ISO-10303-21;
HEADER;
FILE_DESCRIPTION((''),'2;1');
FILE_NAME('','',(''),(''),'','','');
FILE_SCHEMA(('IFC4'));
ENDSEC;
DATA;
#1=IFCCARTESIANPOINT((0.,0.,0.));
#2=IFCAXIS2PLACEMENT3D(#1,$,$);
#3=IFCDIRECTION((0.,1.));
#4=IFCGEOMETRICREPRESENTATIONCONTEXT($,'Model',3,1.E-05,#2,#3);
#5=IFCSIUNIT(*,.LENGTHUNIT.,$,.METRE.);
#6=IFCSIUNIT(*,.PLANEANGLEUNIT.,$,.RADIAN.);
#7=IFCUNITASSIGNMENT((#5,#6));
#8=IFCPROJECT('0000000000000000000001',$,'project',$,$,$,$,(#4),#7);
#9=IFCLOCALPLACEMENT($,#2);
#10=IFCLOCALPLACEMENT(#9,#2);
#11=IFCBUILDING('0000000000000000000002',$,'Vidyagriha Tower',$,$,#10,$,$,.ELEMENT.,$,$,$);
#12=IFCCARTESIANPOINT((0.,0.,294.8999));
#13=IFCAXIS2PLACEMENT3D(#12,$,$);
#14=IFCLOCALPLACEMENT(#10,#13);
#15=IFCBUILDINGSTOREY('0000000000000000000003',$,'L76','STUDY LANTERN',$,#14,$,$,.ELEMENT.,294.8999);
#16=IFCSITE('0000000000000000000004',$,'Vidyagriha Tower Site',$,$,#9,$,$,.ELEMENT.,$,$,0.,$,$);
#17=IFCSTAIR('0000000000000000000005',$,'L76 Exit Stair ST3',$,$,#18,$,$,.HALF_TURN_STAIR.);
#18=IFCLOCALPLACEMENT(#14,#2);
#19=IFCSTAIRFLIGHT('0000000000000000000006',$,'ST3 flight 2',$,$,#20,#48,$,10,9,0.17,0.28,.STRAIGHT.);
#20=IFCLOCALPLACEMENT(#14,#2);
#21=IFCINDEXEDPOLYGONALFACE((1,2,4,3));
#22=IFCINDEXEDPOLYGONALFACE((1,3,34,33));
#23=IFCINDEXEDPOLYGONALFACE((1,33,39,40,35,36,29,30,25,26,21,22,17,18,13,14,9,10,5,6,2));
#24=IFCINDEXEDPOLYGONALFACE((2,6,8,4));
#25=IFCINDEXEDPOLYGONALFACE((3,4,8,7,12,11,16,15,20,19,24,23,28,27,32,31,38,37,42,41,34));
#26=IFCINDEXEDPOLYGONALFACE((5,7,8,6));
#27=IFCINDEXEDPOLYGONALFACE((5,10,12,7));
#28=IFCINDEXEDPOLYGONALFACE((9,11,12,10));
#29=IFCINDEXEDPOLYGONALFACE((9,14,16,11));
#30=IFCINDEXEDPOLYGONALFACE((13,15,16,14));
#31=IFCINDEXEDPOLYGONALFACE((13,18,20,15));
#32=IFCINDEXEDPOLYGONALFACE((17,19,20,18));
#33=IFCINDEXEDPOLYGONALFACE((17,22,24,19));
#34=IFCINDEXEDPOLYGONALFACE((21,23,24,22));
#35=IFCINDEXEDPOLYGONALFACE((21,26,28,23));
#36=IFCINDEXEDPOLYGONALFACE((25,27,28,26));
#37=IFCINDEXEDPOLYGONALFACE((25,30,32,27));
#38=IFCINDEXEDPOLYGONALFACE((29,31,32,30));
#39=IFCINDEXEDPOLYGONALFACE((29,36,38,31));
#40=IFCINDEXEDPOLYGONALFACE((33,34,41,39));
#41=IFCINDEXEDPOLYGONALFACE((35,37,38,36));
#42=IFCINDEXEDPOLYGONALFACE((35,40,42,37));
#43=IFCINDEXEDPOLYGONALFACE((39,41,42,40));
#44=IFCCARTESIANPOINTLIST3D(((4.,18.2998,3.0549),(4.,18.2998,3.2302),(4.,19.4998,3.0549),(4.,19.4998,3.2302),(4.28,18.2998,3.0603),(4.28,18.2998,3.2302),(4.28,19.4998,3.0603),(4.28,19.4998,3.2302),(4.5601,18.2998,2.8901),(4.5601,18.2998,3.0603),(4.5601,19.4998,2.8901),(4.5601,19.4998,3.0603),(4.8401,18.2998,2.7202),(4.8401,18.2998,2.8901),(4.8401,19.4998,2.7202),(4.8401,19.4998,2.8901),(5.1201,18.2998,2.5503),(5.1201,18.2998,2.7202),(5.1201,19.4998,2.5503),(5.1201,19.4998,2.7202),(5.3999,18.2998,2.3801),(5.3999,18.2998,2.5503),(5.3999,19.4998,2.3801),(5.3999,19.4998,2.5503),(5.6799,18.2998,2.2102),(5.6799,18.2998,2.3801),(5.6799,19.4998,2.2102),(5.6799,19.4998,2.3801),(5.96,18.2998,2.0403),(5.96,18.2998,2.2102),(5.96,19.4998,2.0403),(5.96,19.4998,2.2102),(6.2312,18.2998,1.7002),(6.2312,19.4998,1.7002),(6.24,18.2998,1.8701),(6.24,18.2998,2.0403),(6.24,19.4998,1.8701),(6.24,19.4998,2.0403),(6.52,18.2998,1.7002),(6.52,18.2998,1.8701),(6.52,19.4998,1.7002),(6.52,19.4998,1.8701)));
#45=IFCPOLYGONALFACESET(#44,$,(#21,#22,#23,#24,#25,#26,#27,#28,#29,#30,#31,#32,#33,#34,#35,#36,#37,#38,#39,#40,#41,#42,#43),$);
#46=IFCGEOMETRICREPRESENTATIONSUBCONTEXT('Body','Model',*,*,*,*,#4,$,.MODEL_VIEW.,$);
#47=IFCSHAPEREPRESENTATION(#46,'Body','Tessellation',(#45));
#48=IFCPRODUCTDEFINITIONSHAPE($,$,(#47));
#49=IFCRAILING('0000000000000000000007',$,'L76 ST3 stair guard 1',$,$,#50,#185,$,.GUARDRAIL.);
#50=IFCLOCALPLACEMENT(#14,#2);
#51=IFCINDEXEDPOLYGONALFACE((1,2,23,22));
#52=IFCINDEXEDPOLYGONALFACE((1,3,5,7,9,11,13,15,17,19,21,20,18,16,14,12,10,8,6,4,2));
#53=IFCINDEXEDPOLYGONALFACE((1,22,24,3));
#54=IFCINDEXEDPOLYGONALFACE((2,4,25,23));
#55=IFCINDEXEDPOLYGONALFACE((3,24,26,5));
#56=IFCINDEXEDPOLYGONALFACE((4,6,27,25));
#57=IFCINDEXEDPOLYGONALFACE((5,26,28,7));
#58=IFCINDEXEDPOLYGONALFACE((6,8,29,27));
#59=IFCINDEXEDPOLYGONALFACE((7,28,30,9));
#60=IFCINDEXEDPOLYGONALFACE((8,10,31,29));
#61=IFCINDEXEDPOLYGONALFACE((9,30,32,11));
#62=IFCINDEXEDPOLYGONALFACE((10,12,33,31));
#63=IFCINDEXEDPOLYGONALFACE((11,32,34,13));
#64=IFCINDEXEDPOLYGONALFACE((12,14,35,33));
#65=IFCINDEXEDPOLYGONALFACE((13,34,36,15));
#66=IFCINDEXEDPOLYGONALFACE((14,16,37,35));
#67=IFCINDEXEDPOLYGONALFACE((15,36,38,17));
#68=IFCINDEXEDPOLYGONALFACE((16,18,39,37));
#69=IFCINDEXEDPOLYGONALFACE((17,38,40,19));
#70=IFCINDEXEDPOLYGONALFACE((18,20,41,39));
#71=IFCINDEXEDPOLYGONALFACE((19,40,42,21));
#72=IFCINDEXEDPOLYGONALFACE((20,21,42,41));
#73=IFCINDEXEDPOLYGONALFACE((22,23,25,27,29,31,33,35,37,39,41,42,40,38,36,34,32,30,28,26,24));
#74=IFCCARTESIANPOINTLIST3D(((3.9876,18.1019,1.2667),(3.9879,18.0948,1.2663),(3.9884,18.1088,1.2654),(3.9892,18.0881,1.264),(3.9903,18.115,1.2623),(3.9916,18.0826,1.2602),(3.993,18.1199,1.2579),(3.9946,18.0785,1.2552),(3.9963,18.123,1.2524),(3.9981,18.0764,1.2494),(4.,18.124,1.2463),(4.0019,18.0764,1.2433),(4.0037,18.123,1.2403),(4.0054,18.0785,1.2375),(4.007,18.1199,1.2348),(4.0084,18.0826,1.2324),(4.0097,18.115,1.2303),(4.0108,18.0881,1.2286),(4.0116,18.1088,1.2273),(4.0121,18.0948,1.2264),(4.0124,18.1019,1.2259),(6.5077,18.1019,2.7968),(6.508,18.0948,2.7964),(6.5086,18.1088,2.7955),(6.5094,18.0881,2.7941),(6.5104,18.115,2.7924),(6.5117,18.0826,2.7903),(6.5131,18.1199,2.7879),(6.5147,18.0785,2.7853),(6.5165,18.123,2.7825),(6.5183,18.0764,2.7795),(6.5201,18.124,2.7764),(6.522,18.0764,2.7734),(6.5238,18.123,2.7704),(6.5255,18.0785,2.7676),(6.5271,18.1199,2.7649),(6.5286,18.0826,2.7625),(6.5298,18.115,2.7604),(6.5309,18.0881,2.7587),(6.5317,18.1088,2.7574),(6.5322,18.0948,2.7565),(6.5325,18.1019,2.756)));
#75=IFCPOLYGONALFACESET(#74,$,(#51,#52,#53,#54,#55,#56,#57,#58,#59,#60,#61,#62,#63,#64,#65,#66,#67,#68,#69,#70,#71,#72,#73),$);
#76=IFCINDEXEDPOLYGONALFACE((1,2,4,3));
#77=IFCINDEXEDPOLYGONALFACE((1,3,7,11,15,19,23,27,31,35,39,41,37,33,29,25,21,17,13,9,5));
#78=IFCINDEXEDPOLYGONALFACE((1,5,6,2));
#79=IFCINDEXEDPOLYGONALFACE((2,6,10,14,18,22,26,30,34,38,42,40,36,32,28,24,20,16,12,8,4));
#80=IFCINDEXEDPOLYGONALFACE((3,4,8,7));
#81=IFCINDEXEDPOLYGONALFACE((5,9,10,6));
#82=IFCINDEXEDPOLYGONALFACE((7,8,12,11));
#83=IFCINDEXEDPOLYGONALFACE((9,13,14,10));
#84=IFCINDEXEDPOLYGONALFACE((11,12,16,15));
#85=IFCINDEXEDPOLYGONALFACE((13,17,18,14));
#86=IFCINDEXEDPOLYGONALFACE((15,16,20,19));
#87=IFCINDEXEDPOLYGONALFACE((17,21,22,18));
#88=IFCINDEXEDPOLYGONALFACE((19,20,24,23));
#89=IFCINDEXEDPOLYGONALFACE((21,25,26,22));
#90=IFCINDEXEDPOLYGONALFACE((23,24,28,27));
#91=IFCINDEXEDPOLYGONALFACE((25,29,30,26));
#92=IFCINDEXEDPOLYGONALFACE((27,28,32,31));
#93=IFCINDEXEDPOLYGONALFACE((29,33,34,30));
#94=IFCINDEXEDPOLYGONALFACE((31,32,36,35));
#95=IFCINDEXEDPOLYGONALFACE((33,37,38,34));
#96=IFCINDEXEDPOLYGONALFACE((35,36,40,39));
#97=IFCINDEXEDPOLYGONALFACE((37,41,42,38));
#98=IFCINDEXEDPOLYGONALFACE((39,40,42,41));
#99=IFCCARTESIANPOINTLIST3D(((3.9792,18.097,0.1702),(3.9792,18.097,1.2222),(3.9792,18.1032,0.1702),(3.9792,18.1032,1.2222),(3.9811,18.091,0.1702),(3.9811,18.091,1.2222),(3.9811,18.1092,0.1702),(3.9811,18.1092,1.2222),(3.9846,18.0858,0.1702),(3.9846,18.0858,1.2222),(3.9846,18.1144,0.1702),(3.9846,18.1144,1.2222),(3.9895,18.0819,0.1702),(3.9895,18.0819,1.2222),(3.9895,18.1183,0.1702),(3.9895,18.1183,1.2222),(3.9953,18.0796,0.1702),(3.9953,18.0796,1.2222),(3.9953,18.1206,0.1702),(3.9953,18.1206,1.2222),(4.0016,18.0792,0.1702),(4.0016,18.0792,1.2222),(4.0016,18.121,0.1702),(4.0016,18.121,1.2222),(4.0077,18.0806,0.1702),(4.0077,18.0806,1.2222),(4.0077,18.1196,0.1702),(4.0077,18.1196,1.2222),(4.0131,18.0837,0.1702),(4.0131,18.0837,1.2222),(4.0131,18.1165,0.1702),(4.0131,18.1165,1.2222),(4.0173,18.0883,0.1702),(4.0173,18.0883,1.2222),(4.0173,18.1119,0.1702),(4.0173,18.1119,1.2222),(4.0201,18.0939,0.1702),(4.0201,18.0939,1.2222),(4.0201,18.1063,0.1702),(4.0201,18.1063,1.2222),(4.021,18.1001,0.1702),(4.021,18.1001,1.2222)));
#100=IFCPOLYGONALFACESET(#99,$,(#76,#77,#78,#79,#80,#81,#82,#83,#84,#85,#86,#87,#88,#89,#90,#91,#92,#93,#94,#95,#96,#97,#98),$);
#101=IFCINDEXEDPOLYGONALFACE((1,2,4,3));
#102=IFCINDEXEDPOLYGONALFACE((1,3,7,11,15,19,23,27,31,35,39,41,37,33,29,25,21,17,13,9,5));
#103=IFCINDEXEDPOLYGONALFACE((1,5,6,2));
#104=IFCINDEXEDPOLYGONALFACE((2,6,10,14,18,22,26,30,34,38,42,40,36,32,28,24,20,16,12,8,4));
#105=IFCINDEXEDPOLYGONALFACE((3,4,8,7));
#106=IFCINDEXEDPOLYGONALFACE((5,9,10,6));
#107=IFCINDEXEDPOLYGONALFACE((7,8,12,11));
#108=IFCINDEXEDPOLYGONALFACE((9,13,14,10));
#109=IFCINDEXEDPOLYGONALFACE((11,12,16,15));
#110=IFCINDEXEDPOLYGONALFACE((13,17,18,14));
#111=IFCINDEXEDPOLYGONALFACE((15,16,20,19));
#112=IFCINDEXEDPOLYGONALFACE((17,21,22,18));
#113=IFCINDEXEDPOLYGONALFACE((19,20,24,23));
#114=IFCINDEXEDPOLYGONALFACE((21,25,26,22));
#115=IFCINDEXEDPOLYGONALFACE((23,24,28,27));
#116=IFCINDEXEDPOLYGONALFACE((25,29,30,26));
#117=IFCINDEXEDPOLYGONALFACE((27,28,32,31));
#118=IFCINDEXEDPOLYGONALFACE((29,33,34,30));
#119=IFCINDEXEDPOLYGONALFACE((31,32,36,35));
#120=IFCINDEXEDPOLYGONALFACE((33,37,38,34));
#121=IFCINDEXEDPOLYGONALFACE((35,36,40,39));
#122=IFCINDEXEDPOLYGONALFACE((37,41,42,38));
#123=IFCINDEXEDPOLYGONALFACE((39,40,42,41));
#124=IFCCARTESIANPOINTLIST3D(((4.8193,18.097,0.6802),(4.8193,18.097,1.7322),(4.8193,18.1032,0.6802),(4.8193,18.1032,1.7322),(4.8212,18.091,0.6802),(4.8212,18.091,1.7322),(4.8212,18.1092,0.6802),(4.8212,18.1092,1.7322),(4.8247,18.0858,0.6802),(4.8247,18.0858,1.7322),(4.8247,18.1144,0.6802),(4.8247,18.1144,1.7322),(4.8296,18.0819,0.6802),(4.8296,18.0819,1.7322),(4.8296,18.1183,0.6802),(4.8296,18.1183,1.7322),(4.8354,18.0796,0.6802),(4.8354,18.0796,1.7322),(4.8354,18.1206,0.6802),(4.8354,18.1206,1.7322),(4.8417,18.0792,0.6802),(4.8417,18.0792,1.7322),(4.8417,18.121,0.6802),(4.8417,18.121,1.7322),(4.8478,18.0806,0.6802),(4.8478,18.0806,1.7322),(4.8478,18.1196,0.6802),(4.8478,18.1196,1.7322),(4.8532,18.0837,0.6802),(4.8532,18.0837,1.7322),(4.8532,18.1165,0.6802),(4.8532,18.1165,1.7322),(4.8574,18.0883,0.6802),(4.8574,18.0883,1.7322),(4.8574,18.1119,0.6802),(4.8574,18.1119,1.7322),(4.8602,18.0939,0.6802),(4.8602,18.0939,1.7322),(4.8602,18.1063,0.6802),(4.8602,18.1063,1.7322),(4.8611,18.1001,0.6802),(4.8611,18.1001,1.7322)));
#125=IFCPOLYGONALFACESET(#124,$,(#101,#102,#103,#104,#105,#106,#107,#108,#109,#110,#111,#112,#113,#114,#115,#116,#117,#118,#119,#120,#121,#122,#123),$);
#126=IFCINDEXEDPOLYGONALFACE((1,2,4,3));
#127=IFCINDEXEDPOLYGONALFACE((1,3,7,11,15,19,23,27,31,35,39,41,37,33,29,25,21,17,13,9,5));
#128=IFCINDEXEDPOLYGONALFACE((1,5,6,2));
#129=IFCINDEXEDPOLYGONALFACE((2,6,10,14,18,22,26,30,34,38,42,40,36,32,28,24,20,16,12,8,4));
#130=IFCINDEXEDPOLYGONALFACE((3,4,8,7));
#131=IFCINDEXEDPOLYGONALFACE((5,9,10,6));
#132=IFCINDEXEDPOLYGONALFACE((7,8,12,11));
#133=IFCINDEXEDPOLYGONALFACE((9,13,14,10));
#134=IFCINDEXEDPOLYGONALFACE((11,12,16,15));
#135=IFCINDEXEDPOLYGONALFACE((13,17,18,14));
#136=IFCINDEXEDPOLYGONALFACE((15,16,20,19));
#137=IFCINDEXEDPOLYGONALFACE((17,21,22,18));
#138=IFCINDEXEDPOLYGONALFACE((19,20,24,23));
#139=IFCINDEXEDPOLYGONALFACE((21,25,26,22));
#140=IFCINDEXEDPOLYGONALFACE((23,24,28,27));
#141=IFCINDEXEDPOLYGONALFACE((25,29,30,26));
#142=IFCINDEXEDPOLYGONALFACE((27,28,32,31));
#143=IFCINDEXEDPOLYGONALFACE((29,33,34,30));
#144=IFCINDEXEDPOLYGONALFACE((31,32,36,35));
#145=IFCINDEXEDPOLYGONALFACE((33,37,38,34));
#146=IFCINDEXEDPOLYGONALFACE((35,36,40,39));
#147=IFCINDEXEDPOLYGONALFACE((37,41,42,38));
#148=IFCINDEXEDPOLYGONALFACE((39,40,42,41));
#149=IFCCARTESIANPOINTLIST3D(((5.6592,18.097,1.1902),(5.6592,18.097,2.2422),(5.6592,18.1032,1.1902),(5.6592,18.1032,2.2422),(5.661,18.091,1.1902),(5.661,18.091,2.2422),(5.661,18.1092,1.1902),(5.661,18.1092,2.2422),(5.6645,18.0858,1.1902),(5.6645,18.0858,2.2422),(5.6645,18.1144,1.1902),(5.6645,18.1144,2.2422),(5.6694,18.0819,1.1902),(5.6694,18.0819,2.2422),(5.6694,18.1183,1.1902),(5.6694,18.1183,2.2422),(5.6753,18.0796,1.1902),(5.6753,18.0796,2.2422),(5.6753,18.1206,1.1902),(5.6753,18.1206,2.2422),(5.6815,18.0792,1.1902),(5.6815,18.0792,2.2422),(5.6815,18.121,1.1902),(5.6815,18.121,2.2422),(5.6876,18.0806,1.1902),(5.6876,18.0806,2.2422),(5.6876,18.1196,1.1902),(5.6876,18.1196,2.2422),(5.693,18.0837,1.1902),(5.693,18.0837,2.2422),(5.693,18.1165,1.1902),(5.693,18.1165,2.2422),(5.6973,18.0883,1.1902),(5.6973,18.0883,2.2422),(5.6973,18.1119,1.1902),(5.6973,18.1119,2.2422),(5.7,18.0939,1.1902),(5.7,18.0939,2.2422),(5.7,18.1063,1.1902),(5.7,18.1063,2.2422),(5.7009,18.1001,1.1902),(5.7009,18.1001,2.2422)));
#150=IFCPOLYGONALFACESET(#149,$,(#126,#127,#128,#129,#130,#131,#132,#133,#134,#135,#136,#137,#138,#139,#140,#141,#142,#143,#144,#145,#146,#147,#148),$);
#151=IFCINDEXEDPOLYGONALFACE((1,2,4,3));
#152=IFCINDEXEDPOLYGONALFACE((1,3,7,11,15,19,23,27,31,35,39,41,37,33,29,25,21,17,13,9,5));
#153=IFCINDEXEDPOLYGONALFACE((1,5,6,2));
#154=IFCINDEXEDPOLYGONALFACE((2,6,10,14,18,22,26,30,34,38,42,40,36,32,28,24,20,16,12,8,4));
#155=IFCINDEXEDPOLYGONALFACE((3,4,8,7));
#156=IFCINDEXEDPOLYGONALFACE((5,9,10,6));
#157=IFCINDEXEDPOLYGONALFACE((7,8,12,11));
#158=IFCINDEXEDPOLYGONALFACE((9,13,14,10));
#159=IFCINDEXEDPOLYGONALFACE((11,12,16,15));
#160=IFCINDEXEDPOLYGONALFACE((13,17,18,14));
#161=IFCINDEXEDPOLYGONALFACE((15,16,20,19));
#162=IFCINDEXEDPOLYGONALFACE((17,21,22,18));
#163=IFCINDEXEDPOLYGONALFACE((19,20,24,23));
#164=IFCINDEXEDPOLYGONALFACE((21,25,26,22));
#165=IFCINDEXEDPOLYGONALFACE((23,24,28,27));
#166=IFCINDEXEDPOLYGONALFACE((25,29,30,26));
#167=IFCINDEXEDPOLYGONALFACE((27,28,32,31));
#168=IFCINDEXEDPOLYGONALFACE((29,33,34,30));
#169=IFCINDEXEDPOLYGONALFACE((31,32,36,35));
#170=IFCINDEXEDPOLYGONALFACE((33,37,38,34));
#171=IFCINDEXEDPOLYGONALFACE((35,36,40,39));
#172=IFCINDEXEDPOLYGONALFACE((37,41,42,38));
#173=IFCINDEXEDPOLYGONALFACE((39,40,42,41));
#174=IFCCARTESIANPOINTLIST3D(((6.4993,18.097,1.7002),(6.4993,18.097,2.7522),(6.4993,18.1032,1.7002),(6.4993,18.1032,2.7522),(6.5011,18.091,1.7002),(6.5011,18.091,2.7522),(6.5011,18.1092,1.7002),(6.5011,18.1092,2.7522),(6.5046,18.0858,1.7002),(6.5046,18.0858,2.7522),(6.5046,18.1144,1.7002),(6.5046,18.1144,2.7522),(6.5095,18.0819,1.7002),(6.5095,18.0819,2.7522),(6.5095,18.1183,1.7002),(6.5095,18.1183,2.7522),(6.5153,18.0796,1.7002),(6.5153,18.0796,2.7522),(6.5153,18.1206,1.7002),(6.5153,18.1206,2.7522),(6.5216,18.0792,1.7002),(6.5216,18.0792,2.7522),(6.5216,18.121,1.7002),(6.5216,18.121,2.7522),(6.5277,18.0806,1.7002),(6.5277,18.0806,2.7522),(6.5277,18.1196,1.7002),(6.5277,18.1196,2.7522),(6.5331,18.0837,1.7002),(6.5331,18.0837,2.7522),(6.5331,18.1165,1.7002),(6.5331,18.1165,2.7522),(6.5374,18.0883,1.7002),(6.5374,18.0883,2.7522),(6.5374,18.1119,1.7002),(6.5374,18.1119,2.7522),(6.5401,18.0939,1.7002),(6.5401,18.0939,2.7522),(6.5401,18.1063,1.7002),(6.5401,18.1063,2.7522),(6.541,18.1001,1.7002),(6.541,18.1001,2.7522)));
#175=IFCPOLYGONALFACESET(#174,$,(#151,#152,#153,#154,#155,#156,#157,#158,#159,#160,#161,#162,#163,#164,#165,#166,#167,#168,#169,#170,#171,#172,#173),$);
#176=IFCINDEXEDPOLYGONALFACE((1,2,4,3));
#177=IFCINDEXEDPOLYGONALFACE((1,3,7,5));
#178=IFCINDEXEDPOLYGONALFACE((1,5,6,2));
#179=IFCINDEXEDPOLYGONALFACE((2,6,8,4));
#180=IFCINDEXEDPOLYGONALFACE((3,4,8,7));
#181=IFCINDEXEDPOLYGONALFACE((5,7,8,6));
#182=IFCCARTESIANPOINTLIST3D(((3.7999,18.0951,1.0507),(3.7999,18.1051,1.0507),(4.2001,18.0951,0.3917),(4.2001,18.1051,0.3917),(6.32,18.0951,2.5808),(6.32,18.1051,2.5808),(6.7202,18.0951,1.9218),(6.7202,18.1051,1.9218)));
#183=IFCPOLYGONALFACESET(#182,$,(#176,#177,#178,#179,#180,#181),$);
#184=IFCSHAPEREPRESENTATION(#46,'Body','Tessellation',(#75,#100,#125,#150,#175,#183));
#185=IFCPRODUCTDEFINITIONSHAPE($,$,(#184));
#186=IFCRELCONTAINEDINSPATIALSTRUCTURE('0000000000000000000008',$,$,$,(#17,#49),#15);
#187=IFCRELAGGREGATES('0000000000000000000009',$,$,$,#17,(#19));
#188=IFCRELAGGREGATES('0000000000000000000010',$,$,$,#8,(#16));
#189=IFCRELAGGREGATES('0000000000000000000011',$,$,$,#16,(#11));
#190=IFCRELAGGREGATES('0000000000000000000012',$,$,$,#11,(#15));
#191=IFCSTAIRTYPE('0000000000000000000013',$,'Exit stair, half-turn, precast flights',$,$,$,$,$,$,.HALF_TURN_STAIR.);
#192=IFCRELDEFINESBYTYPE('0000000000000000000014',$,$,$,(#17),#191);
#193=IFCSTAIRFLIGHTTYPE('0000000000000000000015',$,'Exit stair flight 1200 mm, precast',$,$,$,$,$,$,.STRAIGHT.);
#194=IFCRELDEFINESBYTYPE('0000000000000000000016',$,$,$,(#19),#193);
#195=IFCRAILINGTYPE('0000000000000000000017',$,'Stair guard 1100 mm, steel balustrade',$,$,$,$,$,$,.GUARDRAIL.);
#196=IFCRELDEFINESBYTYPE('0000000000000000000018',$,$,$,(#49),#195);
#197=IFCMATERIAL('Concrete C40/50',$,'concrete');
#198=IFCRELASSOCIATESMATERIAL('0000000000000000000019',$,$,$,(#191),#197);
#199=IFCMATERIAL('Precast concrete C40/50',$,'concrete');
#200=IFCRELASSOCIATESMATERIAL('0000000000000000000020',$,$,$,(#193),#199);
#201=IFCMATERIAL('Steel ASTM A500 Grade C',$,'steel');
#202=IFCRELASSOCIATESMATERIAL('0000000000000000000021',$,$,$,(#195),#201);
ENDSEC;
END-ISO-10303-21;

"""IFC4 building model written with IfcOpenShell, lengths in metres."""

from ifc_helpers import new_model, si_unit, direction, frame, origin, origin_2d, place, context, subcontext, project, spatial, polyline, rectangle, circle, outline, extrude, material, type_object, element, aggregate, save


model = new_model("IFC4")

# Units and contexts
model_context = context("Model", 3, precision=1e-05, world=origin(), true_north=direction((0.0, 1.0)))
body_context = subcontext(model_context, "Body", "Model", "MODEL_VIEW")
ifc_project = project(units=[si_unit("LENGTHUNIT", "METRE"), si_unit("PLANEANGLEUNIT", "RADIAN")], contexts=[model_context])

# Site, building, storey
site_placement = place(None, origin())
site = spatial("IfcSite", under=ifc_project, at=site_placement, Name="Vidyagriha Tower Site", CompositionType="ELEMENT", RefElevation=0.0)
building_placement = place(site_placement, origin())
building = spatial("IfcBuilding", under=site, at=building_placement, Name="Vidyagriha Tower", CompositionType="ELEMENT")
storey_placement = place(building_placement, frame((0.0, 0.0, 294.8999)))
storey = spatial("IfcBuildingStorey", under=building, at=storey_placement, Name="L76", Description="STUDY LANTERN", CompositionType="ELEMENT", Elevation=294.8999)

# Stair, stair flight
ifc_material_1 = material(Name="Concrete C40/50", Category="concrete")
stair_type = type_object("IfcStairType", Name="Exit stair, half-turn, precast flights", PredefinedType="HALF_TURN_STAIR", material=ifc_material_1)
stair_placement = place(storey_placement, origin())
stair = element("IfcStair", 1, at=stair_placement, inside=storey, type_object=stair_type, Name="L76 Exit Stair ST3", PredefinedType="HALF_TURN_STAIR")
ifc_material_2 = material(Name="Precast concrete C40/50", Category="concrete")
stair_flight_type = type_object("IfcStairFlightType", Name="Exit stair flight 1200 mm, precast", PredefinedType="STRAIGHT", material=ifc_material_2)
stair_flight_1_placement = place(storey_placement, frame((6.52, 18.8999, 1.7002), z_axis=(0.0, 0.0, 1.0), x_axis=(-1.0, 0.0, 0.0)))
stair_flight_1 = element("IfcStairFlight", 2, at=stair_flight_1_placement, type_object=stair_flight_type, Name="ST3 flight 2", NumberOfRisers=10, NumberOfTreads=9, PredefinedType="STRAIGHT", RiserHeight=0.17, TreadLength=0.28, context=body_context, shape_type="SweptSolid", body=[
    extrude(outline(polyline([(0.0, 0.0), (0.0, 0.1699), (0.28, 0.1699), (0.28, 0.3401), (0.5601, 0.3401), (0.5601, 0.51), (0.8401, 0.51), (0.8401, 0.6799), (1.1201, 0.6799), (1.1201, 0.8501), (1.3999, 0.8501), (1.3999, 1.02), (1.6799, 1.02), (1.6799, 1.1899), (1.96, 1.1899), (1.96, 1.3601), (2.24, 1.3601), (2.24, 1.53), (2.52, 1.53), (2.52, 1.7), (2.52, 1.3547), (0.2888, 0.0), (0.0, 0.0)])), frame((0.0, 0.6001, 0.0), z_axis=(0.0, -1.0, 0.0), x_axis=(1.0, 0.0, 0.0)), (0.0, 0.0, 1.0), 1.2),
])
aggregate(stair, [stair_flight_1])

# Railing
ifc_material_3 = material(Name="Steel ASTM A500 Grade C", Category="steel")
railing_type_1 = type_object("IfcRailingType", Name="Stair guard 1100 mm, steel balustrade", PredefinedType="GUARDRAIL", material=ifc_material_3)
railing_1_placement = place(storey_placement, frame((4.0, 18.1001, 0.1702)))
element("IfcRailing", 3, at=railing_1_placement, inside=storey, type_object=railing_type_1, Name="L76 ST3 stair guard 1", PredefinedType="GUARDRAIL", context=body_context, shape_type="SweptSolid", body=[
    extrude(circle(Radius=0.0239, at=origin_2d()), frame((0.0, 0.0, 1.0762), z_axis=(0.854785, 0.0, 0.518982), x_axis=(0.0, 1.0, 0.0)), (0.0, 0.0, 1.0), 2.9482),
    extrude(circle(Radius=0.021, at=origin_2d()), origin(), (0.0, 0.0, 1.0), 1.052),
    extrude(circle(Radius=0.021, at=origin_2d()), frame((0.8401, 0.0, 0.51)), (0.0, 0.0, 1.0), 1.052),
    extrude(circle(Radius=0.021, at=origin_2d()), frame((1.6799, 0.0, 1.02)), (0.0, 0.0, 1.0), 1.052),
    extrude(circle(Radius=0.021, at=origin_2d()), frame((2.52, 0.0, 1.53)), (0.0, 0.0, 1.0), 1.052),
    extrude(rectangle(XDim=0.01, YDim=0.771, at=origin_2d()), frame((0.0, 0.0, 0.551), z_axis=(0.854785, 0.0, 0.518982), x_axis=(0.0, 1.0, 0.0)), (0.0, 0.0, 1.0), 2.9482),
])

save(model, "model.ifc")
